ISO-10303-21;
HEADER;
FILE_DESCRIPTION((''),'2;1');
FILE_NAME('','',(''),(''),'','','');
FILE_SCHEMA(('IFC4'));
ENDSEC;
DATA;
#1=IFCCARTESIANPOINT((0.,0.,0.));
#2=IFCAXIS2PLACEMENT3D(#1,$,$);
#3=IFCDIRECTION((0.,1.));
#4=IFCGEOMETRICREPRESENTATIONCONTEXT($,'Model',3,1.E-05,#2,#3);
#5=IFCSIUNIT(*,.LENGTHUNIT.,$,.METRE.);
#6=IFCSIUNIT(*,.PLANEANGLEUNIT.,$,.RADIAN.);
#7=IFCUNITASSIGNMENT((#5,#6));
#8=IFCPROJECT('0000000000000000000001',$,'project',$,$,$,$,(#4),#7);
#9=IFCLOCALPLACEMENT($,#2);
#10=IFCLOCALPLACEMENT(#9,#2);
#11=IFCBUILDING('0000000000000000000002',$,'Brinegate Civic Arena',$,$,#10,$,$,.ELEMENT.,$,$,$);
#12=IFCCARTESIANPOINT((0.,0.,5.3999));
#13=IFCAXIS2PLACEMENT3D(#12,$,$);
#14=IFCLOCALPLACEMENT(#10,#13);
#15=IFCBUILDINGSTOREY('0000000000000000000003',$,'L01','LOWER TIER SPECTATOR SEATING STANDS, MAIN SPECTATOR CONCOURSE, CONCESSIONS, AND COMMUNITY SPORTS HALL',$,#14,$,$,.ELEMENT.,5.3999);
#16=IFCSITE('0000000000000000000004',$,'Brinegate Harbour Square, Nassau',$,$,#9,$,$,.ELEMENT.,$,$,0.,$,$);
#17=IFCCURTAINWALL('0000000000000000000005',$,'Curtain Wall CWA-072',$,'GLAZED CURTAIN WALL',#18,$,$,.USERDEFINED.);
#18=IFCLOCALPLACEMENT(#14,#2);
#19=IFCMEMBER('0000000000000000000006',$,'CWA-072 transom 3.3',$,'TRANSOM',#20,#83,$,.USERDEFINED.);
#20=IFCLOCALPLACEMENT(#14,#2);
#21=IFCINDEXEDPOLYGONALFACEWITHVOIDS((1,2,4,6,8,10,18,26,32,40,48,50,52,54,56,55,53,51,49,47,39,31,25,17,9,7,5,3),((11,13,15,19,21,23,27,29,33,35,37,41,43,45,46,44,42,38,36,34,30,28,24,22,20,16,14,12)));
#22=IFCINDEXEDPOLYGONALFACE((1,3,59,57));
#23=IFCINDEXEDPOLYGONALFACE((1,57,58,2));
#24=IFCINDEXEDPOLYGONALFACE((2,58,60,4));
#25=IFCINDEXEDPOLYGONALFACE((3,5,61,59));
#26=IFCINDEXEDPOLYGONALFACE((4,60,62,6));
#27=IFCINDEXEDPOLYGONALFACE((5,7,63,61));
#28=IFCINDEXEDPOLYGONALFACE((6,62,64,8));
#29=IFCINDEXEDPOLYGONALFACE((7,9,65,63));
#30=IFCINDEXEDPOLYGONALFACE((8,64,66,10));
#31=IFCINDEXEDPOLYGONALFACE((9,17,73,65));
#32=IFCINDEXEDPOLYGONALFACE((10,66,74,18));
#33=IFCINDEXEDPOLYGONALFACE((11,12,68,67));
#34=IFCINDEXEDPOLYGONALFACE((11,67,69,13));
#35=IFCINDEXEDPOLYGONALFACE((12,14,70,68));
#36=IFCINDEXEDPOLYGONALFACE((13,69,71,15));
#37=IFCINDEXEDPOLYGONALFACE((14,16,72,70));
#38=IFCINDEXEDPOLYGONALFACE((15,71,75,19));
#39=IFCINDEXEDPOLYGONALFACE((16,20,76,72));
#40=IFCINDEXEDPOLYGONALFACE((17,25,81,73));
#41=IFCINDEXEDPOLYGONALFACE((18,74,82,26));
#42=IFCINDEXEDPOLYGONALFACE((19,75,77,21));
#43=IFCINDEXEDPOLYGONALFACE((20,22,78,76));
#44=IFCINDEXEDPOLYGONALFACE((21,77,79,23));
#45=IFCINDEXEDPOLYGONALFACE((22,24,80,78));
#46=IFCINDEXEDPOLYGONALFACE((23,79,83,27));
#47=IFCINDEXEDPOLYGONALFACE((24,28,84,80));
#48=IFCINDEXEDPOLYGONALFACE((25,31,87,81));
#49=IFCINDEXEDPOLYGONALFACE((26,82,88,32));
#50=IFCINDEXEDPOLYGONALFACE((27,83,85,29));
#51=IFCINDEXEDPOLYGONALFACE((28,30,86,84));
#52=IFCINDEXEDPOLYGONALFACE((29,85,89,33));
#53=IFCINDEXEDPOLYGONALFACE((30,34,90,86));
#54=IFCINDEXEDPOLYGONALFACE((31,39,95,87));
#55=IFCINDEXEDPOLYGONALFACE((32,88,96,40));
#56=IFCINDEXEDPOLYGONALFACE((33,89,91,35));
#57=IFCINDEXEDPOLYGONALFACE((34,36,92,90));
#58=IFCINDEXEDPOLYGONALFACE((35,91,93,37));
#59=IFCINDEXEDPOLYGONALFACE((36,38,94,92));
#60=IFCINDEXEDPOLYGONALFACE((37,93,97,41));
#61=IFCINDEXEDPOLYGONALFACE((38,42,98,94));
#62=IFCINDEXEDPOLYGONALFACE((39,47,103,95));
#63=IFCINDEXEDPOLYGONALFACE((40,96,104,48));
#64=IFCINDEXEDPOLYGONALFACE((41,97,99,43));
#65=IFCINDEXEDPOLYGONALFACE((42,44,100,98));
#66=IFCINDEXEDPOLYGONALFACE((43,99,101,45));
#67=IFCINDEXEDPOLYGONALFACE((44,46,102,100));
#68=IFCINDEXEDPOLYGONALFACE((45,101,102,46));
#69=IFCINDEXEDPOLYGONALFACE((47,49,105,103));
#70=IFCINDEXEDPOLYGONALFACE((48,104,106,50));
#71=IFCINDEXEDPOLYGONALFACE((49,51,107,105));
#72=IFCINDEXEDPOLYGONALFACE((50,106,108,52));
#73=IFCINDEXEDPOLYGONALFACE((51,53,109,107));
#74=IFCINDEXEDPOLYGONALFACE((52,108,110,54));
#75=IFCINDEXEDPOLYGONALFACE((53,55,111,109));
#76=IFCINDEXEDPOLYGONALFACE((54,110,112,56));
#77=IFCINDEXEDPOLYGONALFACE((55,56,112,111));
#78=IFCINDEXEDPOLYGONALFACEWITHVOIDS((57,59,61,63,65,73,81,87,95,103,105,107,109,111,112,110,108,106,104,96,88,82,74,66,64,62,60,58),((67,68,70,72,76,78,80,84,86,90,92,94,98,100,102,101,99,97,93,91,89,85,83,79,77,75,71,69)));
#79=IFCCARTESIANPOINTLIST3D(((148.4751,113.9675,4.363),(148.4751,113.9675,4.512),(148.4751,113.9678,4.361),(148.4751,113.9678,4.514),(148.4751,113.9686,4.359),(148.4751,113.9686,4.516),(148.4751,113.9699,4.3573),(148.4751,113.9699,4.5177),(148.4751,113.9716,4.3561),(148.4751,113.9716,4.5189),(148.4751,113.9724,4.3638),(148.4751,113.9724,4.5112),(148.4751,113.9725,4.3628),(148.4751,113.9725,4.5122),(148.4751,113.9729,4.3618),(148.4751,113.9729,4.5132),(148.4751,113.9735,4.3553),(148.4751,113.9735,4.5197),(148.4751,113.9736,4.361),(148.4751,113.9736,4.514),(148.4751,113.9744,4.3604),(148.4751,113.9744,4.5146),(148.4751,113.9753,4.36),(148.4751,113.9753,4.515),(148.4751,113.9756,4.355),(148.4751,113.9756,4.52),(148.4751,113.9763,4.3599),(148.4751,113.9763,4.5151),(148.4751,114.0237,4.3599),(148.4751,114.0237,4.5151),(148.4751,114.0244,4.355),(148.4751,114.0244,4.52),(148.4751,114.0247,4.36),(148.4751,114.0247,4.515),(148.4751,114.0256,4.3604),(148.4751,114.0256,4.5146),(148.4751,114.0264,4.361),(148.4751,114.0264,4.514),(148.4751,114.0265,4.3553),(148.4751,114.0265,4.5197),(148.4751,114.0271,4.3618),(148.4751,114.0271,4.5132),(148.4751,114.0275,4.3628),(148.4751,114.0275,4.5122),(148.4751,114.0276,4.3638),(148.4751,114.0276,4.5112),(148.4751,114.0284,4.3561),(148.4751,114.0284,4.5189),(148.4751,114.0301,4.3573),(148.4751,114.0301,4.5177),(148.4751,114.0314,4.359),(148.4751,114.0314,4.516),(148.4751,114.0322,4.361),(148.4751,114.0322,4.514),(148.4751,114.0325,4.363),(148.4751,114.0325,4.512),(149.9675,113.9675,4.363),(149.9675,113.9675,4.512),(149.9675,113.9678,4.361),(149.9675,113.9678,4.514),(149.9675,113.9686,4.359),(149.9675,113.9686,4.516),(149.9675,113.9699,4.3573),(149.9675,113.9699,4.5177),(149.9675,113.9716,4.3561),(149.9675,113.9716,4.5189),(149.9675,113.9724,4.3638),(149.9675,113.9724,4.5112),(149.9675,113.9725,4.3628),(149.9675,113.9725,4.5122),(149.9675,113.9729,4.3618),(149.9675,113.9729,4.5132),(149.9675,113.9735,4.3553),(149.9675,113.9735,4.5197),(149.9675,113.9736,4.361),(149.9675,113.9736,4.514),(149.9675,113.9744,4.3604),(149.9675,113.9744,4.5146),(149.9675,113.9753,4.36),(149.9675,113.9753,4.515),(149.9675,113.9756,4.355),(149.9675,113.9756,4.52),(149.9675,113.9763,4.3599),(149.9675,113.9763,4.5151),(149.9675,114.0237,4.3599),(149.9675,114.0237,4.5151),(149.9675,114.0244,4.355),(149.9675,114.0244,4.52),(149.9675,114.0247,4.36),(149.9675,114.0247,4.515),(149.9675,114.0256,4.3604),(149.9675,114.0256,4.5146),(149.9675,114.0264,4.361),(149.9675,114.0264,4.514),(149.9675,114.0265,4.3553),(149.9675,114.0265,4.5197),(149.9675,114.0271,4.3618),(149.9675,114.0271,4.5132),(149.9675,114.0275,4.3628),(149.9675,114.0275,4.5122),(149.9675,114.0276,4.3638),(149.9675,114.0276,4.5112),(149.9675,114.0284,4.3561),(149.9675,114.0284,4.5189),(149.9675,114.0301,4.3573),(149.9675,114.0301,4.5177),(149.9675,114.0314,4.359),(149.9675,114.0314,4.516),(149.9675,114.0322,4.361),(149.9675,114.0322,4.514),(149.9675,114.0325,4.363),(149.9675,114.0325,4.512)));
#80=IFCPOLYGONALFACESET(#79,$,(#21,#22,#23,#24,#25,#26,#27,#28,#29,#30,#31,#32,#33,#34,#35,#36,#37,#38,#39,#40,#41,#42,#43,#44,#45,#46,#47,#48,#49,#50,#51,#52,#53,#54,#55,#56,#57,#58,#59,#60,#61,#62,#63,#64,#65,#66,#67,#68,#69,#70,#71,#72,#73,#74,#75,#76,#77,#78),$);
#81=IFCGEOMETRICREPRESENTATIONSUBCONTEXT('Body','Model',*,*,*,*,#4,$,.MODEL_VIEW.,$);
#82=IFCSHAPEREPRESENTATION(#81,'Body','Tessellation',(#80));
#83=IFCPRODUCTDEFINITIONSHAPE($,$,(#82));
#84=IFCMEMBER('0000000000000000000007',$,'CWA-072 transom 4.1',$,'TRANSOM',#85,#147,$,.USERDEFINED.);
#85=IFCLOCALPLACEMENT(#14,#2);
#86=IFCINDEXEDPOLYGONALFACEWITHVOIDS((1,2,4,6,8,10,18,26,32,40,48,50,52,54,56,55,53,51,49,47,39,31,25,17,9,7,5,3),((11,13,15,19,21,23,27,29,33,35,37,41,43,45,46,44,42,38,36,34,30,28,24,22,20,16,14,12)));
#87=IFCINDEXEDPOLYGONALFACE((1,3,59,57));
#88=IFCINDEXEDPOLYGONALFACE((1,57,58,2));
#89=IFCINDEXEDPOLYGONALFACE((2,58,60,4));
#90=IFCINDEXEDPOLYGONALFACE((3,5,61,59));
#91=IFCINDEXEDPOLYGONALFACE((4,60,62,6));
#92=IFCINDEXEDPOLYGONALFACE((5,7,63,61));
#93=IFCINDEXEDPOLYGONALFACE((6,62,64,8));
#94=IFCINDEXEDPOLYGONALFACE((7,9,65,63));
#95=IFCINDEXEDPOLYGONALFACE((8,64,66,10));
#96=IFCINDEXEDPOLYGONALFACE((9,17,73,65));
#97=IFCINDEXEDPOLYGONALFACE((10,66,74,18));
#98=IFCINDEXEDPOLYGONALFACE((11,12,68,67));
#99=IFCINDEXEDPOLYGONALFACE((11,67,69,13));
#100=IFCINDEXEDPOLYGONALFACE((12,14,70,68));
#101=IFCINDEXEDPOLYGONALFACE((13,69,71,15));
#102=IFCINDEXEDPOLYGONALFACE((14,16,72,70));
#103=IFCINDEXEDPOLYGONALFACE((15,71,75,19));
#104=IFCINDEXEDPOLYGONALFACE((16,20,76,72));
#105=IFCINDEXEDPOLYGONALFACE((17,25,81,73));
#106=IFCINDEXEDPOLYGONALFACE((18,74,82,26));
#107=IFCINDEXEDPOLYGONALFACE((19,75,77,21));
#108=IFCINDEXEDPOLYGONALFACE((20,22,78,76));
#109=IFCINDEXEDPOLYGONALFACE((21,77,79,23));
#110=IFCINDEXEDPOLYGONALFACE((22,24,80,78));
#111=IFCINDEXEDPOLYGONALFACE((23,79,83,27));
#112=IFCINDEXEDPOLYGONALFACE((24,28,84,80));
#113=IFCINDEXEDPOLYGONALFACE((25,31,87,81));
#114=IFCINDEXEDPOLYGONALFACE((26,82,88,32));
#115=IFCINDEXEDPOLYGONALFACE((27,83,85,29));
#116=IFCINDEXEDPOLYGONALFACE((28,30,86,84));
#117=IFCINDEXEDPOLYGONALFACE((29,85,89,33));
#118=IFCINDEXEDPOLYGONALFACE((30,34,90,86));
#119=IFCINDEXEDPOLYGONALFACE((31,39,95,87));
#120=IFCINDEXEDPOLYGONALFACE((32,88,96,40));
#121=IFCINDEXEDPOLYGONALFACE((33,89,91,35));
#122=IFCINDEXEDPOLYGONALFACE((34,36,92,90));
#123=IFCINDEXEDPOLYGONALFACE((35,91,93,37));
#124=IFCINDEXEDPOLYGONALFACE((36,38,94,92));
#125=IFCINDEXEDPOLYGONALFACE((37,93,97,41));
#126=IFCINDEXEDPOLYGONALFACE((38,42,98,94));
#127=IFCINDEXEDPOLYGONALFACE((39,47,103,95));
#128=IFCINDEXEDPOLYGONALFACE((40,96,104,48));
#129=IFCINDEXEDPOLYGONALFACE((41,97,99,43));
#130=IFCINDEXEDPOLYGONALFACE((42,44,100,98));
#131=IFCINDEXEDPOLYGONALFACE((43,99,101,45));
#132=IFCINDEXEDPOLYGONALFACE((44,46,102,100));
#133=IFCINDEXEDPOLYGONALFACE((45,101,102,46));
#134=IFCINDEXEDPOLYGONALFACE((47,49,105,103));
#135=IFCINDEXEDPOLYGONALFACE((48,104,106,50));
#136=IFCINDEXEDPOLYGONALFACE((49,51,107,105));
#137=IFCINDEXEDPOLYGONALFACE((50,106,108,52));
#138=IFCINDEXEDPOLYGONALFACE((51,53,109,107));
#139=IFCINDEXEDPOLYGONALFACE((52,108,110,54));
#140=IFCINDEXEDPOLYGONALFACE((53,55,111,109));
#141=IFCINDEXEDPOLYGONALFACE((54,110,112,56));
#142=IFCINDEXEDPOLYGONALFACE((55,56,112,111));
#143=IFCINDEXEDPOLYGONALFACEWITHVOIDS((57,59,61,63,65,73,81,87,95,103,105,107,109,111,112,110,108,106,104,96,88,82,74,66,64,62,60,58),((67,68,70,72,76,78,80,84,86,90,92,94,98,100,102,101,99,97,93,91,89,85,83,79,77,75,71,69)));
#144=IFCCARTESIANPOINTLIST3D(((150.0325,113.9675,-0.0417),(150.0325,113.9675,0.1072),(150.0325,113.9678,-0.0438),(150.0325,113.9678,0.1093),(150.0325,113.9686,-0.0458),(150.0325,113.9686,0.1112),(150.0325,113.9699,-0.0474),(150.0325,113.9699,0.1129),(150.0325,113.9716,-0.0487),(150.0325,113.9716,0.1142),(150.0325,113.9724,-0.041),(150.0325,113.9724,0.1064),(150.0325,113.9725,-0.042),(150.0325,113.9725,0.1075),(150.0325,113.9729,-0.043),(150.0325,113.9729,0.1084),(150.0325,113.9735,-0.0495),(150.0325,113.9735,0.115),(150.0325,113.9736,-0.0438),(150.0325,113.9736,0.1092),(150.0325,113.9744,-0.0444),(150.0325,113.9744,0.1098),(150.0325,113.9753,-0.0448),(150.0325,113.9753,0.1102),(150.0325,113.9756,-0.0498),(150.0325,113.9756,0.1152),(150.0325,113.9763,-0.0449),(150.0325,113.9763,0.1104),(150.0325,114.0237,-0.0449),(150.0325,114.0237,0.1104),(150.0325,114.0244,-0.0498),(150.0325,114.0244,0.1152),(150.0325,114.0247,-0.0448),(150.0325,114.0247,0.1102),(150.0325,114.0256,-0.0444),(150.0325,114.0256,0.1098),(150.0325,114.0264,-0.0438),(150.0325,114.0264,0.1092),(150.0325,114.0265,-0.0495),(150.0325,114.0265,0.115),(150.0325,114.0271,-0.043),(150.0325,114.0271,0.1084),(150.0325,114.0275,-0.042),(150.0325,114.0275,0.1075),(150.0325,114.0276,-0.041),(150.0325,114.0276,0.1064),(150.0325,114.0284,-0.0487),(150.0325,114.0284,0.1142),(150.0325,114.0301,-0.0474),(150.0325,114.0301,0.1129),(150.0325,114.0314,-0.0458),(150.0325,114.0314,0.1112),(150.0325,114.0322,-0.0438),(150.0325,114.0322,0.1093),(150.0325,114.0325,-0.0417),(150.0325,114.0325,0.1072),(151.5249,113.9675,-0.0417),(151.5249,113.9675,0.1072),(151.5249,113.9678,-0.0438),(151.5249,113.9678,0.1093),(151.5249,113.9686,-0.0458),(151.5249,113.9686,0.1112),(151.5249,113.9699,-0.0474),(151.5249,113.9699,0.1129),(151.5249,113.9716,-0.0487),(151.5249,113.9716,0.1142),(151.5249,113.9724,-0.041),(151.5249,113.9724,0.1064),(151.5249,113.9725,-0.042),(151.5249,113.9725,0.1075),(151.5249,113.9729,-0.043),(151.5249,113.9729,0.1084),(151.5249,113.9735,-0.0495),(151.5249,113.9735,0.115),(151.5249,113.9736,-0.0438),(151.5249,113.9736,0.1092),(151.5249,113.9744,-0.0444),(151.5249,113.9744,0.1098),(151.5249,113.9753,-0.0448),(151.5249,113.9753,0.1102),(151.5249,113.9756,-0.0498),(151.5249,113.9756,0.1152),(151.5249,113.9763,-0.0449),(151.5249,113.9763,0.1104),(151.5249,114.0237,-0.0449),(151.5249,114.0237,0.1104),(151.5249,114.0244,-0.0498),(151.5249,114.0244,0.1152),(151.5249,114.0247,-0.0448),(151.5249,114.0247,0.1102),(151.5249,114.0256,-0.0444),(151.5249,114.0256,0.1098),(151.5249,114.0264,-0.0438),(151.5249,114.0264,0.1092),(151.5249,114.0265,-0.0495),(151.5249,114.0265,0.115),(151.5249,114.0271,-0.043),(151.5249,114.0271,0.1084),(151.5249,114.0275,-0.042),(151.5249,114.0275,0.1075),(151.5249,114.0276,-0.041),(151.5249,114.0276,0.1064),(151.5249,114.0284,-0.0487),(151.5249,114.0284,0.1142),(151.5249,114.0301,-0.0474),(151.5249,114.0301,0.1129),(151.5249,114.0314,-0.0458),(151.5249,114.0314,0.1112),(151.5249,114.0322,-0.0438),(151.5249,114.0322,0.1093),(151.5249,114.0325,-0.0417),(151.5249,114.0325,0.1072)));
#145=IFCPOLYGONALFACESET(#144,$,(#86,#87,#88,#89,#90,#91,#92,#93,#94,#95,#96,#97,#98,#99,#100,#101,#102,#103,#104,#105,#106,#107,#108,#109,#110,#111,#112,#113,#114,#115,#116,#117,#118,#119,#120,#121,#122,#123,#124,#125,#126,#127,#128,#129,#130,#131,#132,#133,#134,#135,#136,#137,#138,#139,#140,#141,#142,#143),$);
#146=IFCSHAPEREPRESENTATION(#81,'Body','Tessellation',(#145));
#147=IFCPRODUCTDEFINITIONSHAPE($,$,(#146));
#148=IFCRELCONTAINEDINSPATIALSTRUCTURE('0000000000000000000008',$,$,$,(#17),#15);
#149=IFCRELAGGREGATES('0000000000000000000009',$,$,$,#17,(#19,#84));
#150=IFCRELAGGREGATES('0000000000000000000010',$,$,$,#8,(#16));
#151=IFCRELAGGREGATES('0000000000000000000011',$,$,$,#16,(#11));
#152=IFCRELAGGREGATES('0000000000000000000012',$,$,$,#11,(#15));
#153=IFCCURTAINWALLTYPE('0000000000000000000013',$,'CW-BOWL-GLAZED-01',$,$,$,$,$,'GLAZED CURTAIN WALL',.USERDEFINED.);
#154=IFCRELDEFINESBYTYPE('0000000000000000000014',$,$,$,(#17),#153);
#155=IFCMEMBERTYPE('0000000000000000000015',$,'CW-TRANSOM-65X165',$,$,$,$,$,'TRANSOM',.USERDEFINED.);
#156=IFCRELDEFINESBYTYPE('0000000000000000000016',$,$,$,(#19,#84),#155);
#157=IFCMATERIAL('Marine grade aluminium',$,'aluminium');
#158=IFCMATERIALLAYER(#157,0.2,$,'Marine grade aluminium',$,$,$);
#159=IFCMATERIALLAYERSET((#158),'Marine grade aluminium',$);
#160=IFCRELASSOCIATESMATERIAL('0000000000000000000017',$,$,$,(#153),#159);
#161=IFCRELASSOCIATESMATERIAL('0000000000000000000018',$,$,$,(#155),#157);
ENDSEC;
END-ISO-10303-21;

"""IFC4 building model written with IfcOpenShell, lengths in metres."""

from ifc_helpers import new_model, si_unit, direction, frame, origin, origin_2d, place, context, subcontext, project, spatial, hollow_rectangle, extrude, material, layer, layer_set, material_profile, profile_set, type_object, element, aggregate, save


model = new_model("IFC4")

# Units and contexts
model_context = context("Model", 3, precision=1e-05, world=origin(), true_north=direction((0.0, 1.0)))
body_context = subcontext(model_context, "Body", "Model", "MODEL_VIEW")
ifc_project = project(units=[si_unit("LENGTHUNIT", "METRE"), si_unit("PLANEANGLEUNIT", "RADIAN")], contexts=[model_context])

# Site, building, storey
site_placement = place(None, origin())
site = spatial("IfcSite", under=ifc_project, at=site_placement, Name="Brinegate Harbour Square, Nassau", CompositionType="ELEMENT", RefElevation=0.0)
building_placement = place(site_placement, origin())
building = spatial("IfcBuilding", under=site, at=building_placement, Name="Brinegate Civic Arena", CompositionType="ELEMENT")
storey_placement = place(building_placement, frame((0.0, 0.0, 5.3999)))
storey = spatial("IfcBuildingStorey", under=building, at=storey_placement, Name="L01", Description="LOWER TIER SPECTATOR SEATING STANDS, MAIN SPECTATOR CONCOURSE, CONCESSIONS, AND COMMUNITY SPORTS HALL", CompositionType="ELEMENT", Elevation=5.3999)

# Curtain wall, members
ifc_material_1 = material(Name="Marine grade aluminium", Category="aluminium")
ifc_layer_1 = layer(ifc_material_1, 0.2, Name="Marine grade aluminium")
ifc_layer_set_1 = layer_set([ifc_layer_1], Name="Marine grade aluminium")
curtain_wall_type = type_object("IfcCurtainWallType", Name="CW-BOWL-GLAZED-01", ElementType="GLAZED CURTAIN WALL", PredefinedType="USERDEFINED", material=ifc_layer_set_1)
curtain_wall_placement = place(storey_placement, origin())
curtain_wall = element("IfcCurtainWall", 1, at=curtain_wall_placement, inside=storey, type_object=curtain_wall_type, Name="Curtain Wall CWA-072", ObjectType="GLAZED CURTAIN WALL", PredefinedType="USERDEFINED")
ifc_material_profile_1 = material_profile(ifc_material_1, hollow_rectangle(XDim=0.0649, YDim=0.165, WallThickness=0.0049, InnerFilletRadius=0.0039, OuterFilletRadius=0.0081, at=origin_2d()), Name="TRN65X165")
ifc_profile_set_1 = profile_set([ifc_material_profile_1], Name="Marine grade aluminium")
member_type_1 = type_object("IfcMemberType", Name="CW-TRANSOM-65X165", ElementType="TRANSOM", PredefinedType="USERDEFINED", material=ifc_profile_set_1)
member_1_placement = place(storey_placement, frame((148.4751, 114.0, 4.4375), z_axis=(1.0, 0.0, 0.0), x_axis=(0.0, 1.0, 0.0)))
member_1 = element("IfcMember", 2, at=member_1_placement, type_object=member_type_1, Name="CWA-072 transom 3.3", ObjectType="TRANSOM", PredefinedType="USERDEFINED", context=body_context, shape_type="SweptSolid", body=[
    extrude(hollow_rectangle(XDim=0.0649, YDim=0.165, WallThickness=0.0049, InnerFilletRadius=0.0039, OuterFilletRadius=0.0081, at=origin_2d()), origin(), (0.0, 0.0, 1.0), 1.4924),
])
member_2_placement = place(storey_placement, frame((150.0325, 114.0, 0.0327), z_axis=(1.0, 0.0, 0.0), x_axis=(0.0, 1.0, 0.0)))
member_2 = element("IfcMember", 3, at=member_2_placement, type_object=member_type_1, Name="CWA-072 transom 4.1", ObjectType="TRANSOM", PredefinedType="USERDEFINED", context=body_context, shape_type="SweptSolid", body=[
    extrude(hollow_rectangle(XDim=0.0649, YDim=0.165, WallThickness=0.0049, InnerFilletRadius=0.0039, OuterFilletRadius=0.0081, at=origin_2d()), origin(), (0.0, 0.0, 1.0), 1.4924),
])
aggregate(curtain_wall, [member_1, member_2])

save(model, "model.ifc")
